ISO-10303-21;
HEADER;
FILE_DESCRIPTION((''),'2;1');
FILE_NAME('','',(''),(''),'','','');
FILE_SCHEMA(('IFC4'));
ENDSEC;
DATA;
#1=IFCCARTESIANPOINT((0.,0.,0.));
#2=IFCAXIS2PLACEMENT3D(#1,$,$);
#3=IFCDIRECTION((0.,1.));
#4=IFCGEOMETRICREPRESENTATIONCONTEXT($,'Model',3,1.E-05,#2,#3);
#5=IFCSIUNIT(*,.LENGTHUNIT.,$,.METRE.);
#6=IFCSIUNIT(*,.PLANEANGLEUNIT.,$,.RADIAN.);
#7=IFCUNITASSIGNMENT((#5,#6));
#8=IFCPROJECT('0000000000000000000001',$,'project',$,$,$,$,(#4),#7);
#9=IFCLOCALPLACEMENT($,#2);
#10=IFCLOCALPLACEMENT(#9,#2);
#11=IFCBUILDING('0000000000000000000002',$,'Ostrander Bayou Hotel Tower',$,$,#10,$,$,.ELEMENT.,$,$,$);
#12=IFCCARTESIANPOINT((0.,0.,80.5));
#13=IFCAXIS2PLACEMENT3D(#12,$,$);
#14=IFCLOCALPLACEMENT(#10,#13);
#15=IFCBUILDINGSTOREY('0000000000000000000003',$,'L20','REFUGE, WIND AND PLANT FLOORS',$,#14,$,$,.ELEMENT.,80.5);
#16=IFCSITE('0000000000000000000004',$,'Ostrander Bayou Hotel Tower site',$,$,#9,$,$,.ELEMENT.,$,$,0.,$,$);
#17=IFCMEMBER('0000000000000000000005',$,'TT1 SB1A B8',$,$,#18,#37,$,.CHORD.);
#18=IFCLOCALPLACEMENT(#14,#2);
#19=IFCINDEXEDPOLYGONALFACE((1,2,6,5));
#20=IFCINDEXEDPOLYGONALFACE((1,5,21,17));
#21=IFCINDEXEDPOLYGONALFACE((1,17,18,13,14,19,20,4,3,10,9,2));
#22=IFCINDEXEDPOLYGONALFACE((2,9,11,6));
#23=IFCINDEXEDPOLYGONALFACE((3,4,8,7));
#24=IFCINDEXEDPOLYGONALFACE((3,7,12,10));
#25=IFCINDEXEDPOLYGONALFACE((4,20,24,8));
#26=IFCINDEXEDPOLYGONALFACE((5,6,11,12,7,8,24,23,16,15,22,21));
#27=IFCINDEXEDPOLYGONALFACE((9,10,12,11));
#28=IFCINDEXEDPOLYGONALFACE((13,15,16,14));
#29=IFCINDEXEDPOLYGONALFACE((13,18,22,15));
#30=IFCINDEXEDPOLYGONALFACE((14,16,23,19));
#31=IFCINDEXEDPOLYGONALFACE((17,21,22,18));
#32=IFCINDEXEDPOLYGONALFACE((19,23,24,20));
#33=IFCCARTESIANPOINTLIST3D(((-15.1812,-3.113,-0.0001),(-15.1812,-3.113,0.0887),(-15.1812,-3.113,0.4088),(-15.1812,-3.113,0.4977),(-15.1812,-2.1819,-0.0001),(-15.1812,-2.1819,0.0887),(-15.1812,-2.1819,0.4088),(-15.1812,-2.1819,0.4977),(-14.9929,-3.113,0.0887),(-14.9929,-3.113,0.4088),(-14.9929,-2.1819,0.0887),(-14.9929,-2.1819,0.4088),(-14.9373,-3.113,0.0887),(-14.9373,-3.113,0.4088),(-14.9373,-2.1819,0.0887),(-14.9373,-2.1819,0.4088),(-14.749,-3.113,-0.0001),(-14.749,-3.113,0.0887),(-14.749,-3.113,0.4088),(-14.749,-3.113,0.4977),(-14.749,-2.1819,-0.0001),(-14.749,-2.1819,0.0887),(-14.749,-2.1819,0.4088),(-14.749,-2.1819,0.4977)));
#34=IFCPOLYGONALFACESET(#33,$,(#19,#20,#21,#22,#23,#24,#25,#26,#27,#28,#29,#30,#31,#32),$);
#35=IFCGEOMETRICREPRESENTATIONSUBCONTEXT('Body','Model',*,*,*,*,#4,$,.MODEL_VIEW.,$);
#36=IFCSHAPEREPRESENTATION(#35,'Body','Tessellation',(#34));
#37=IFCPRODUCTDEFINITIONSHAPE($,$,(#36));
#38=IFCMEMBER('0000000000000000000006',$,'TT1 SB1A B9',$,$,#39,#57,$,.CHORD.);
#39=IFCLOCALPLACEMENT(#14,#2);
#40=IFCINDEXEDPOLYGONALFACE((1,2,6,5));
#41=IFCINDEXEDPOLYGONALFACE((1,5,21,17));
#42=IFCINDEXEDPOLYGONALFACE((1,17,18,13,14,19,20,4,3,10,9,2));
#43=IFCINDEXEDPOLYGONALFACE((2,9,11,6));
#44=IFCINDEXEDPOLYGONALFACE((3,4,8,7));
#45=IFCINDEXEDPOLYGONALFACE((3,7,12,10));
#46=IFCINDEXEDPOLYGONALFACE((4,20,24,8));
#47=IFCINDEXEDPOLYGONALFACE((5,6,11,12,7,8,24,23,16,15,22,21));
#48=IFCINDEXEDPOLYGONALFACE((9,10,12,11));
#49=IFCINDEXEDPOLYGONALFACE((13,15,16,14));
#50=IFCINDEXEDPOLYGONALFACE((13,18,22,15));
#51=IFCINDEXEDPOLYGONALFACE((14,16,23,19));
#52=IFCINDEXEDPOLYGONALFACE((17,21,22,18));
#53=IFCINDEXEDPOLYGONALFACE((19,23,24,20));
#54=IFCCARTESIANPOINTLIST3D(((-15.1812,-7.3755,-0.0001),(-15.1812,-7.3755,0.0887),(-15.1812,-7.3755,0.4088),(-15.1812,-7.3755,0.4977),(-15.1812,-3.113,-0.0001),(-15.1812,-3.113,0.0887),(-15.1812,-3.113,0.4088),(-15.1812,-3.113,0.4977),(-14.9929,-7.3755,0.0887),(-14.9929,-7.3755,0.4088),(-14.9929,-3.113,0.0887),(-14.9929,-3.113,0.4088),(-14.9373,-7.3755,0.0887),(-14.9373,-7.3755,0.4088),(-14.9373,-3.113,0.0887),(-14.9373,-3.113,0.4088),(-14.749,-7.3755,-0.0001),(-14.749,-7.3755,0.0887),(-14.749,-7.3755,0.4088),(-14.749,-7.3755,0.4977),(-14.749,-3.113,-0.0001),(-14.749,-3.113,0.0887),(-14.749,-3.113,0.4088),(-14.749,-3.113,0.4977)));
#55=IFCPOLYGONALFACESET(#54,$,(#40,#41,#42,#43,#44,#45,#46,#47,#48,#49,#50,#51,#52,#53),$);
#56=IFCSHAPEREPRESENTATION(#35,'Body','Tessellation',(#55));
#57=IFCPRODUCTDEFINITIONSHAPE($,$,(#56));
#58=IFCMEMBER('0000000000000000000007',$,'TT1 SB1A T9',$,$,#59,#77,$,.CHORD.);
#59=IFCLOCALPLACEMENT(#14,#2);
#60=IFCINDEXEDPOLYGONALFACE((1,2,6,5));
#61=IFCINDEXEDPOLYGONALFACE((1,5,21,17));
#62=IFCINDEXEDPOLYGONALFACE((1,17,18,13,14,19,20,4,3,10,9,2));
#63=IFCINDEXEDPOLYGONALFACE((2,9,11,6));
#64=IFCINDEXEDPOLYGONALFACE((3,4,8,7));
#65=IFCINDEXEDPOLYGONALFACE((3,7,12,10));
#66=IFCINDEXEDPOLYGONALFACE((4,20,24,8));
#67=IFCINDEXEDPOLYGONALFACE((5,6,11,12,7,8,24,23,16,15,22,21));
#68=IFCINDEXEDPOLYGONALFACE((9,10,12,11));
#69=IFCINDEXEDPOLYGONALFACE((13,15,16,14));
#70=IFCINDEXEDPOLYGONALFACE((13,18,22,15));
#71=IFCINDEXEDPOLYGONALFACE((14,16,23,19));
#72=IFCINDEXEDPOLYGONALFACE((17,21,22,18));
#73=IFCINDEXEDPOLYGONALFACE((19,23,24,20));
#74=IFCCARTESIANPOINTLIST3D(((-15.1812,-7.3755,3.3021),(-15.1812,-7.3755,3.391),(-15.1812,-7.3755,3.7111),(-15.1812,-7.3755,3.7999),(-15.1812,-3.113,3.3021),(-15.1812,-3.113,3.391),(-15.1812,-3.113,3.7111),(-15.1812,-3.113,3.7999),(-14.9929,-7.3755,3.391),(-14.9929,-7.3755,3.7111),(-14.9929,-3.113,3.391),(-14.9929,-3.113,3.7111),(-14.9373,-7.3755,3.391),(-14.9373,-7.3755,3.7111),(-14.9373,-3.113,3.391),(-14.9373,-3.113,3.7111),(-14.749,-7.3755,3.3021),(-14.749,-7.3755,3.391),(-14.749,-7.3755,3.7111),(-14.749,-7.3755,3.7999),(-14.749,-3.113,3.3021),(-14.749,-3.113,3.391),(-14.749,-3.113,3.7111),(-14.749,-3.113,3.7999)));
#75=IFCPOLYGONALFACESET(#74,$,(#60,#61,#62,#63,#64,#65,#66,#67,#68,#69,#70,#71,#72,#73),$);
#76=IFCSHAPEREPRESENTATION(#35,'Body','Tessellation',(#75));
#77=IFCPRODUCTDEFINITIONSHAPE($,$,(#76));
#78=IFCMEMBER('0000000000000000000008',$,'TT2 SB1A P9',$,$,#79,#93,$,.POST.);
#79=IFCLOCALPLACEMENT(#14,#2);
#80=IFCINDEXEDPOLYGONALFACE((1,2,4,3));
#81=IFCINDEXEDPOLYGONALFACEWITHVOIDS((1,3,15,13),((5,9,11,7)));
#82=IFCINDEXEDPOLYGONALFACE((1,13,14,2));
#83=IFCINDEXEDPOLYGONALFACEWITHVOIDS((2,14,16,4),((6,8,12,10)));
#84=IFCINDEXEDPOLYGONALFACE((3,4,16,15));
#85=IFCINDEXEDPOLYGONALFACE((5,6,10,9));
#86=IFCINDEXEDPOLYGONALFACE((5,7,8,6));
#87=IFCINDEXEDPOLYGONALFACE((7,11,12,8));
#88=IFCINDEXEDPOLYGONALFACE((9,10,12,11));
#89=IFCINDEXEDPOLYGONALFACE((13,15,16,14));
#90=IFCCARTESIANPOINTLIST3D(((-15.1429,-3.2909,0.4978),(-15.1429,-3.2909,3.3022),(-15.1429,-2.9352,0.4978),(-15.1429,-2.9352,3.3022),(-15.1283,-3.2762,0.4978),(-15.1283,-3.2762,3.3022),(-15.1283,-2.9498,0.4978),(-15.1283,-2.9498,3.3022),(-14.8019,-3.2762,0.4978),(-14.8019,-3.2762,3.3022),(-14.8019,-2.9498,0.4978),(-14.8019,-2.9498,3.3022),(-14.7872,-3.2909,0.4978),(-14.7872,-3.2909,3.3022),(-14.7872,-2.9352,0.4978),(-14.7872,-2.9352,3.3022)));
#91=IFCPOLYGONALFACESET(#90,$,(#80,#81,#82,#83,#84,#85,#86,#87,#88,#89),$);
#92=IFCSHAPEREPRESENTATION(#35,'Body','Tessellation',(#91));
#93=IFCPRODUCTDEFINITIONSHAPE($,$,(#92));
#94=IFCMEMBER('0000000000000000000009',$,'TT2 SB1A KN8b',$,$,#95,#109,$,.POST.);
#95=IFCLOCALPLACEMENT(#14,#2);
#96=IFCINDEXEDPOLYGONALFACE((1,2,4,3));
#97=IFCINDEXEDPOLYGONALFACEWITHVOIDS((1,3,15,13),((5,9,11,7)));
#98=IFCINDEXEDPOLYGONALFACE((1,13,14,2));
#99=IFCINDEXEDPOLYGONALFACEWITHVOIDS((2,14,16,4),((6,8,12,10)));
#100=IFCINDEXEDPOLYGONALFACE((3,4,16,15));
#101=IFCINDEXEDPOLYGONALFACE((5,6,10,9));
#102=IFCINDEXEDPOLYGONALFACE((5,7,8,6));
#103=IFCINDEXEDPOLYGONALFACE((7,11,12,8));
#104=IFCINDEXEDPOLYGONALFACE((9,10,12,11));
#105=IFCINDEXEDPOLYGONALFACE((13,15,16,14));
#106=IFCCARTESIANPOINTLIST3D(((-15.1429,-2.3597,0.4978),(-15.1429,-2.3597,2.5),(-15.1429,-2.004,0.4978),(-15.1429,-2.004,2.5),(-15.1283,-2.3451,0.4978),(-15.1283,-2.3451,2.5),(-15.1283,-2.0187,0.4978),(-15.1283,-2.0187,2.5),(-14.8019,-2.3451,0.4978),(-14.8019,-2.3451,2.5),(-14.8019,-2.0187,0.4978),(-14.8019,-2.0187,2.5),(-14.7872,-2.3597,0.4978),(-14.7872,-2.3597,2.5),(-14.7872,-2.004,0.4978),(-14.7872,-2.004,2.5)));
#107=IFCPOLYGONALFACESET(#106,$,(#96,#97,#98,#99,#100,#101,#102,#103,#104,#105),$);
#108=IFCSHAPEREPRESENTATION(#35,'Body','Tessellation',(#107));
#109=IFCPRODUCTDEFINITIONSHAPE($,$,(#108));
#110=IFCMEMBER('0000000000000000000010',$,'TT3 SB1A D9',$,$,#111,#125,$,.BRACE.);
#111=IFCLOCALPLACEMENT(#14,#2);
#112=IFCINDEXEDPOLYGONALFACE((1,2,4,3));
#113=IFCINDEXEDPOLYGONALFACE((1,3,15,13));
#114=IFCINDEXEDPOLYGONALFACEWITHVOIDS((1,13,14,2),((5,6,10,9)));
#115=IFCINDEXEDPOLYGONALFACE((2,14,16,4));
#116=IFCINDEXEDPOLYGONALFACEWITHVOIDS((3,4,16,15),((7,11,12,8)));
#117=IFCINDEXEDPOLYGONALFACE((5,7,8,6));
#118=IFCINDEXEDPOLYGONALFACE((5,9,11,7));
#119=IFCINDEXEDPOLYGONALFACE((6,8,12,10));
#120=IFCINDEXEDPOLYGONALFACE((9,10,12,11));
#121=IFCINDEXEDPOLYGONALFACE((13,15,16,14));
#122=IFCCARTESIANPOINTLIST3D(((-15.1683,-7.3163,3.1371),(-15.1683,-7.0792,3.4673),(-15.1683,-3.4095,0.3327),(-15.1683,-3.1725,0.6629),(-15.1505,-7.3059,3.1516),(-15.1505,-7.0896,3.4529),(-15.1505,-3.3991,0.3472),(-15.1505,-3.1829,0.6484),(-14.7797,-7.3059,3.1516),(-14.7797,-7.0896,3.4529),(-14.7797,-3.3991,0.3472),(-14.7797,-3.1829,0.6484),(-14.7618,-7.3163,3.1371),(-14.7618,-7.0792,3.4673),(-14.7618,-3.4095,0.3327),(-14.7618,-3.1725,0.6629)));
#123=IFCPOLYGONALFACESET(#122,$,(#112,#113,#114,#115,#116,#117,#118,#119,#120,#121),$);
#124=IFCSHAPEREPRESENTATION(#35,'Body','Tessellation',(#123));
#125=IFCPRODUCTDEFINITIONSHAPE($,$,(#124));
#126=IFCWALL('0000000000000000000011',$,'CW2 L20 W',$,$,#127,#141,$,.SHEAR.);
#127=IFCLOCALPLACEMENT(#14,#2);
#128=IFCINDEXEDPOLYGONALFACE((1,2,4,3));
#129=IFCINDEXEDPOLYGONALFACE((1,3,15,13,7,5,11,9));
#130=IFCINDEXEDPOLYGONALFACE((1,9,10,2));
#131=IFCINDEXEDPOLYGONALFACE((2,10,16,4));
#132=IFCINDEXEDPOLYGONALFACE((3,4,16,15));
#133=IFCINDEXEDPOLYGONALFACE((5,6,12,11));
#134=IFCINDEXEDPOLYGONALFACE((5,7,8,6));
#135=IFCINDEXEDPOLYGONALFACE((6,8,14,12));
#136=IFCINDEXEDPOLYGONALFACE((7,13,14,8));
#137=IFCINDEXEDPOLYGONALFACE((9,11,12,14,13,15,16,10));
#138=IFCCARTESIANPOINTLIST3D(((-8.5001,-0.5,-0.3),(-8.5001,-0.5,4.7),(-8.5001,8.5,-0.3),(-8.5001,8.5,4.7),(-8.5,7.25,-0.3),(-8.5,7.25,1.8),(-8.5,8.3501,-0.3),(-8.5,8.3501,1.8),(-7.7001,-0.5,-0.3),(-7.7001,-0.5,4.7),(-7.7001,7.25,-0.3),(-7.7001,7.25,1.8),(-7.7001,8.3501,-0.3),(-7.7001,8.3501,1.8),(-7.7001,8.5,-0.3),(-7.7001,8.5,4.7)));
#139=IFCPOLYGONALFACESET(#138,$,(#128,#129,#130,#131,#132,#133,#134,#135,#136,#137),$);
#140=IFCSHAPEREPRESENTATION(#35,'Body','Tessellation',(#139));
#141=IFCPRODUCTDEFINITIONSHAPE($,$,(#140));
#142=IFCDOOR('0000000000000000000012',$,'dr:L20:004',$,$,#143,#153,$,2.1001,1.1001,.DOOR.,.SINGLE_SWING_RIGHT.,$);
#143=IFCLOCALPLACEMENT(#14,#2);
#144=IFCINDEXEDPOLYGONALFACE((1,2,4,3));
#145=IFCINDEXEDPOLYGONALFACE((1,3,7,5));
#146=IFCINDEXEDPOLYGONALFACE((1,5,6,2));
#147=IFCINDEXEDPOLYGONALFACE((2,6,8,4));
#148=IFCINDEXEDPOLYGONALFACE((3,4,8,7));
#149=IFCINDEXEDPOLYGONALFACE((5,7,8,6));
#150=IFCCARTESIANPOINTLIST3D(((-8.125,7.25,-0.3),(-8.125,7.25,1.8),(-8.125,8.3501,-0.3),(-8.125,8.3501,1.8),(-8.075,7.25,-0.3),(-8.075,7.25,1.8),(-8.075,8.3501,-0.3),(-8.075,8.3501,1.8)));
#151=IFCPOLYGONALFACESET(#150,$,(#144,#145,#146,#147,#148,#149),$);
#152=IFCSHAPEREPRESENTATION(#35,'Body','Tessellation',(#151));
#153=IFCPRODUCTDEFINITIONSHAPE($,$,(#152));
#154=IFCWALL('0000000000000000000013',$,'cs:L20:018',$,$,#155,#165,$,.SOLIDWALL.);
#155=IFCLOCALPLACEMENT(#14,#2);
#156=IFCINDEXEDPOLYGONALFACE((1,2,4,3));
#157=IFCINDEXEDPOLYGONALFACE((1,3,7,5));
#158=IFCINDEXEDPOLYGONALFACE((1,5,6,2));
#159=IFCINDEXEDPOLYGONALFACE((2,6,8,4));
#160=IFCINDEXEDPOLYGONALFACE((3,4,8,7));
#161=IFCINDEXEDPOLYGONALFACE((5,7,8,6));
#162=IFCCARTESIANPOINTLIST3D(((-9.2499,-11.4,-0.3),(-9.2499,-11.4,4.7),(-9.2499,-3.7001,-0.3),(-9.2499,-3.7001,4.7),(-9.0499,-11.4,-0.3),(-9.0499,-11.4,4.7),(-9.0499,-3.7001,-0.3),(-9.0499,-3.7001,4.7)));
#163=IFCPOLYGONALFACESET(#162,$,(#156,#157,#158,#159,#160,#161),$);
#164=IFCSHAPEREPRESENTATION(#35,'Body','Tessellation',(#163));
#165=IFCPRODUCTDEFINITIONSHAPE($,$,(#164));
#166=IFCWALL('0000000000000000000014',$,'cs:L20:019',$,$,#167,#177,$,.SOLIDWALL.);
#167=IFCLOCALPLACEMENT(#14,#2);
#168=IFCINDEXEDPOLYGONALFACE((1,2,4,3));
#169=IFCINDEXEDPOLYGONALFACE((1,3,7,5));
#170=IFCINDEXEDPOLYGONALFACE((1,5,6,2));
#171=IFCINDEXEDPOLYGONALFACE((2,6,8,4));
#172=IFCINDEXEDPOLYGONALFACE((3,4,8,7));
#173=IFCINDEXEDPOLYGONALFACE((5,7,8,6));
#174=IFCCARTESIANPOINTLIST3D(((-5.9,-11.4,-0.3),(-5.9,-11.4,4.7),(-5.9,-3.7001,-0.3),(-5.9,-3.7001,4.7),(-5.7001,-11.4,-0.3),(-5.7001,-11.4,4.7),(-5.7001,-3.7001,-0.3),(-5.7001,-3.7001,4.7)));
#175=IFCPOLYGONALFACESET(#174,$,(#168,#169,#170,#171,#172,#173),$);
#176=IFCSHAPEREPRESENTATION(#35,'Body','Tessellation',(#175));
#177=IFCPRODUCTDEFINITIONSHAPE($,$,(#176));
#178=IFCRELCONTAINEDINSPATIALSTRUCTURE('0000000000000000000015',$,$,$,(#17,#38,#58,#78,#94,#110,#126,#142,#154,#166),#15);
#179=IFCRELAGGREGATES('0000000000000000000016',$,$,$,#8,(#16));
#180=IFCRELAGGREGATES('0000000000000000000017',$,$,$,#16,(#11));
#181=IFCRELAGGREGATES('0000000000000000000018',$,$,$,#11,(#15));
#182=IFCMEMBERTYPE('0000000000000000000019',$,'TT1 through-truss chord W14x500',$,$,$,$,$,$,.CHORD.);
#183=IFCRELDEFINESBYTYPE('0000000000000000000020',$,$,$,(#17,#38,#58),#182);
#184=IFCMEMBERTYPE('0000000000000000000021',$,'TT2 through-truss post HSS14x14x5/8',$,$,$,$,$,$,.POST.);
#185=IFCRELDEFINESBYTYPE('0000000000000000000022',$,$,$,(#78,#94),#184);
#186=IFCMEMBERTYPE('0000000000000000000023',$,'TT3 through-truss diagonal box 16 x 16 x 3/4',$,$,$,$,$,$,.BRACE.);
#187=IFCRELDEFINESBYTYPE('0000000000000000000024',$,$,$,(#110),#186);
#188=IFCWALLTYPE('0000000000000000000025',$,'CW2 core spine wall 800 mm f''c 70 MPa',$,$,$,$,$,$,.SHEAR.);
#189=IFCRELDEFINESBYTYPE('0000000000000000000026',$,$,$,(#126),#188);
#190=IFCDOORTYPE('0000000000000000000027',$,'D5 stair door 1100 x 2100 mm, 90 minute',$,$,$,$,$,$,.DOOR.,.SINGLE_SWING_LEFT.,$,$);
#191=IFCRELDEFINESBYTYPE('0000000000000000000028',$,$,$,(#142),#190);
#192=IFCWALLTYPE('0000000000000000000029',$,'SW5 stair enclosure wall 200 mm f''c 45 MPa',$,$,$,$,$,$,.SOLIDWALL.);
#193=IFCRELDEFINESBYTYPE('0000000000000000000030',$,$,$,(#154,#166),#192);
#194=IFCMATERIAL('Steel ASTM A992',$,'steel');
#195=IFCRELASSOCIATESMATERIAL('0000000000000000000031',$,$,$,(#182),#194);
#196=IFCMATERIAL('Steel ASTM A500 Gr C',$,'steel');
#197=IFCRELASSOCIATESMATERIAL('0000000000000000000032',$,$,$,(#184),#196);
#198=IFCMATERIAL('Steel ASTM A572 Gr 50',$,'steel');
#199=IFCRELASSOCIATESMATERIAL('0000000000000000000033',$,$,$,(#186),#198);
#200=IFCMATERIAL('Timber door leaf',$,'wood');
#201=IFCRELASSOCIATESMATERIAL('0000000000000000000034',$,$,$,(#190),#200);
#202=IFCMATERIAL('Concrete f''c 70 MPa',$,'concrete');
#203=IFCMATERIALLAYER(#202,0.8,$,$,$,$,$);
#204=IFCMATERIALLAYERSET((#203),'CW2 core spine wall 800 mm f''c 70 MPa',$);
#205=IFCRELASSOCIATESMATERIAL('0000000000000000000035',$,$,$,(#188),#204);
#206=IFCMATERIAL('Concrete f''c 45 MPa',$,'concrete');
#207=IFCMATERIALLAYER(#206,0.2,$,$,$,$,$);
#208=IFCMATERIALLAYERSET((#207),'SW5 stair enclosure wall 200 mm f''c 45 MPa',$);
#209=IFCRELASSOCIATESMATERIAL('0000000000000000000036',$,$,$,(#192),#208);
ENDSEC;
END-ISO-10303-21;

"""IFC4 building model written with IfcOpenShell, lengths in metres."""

from ifc_helpers import new_model, si_unit, direction, frame, frame_2d, origin, origin_2d, place, context, subcontext, project, spatial, rectangle, hollow_rectangle, i_section, extrude, material, layer, layer_set, material_profile, profile_set, type_object, element, fill, save


model = new_model("IFC4")

# Units and contexts
model_context = context("Model", 3, precision=1e-05, world=origin(), true_north=direction((0.0, 1.0)))
body_context = subcontext(model_context, "Body", "Model", "MODEL_VIEW")
ifc_project = project(units=[si_unit("LENGTHUNIT", "METRE"), si_unit("PLANEANGLEUNIT", "RADIAN")], contexts=[model_context])

# Site, building, storey
site_placement = place(None, origin())
site = spatial("IfcSite", under=ifc_project, at=site_placement, Name="Ostrander Bayou Hotel Tower site", CompositionType="ELEMENT", RefElevation=0.0)
building_placement = place(site_placement, origin())
building = spatial("IfcBuilding", under=site, at=building_placement, Name="Ostrander Bayou Hotel Tower", CompositionType="ELEMENT")
storey_placement = place(building_placement, frame((0.0, 0.0, 80.5)))
storey = spatial("IfcBuildingStorey", under=building, at=storey_placement, Name="L20", Description="REFUGE, WIND AND PLANT FLOORS", CompositionType="ELEMENT", Elevation=80.5)

# Members
ifc_material_1 = material(Name="Steel ASTM A992", Category="steel")
ifc_material_profile_1 = material_profile(ifc_material_1, i_section(OverallWidth=0.4321, OverallDepth=0.4978, WebThickness=0.0557, FlangeThickness=0.0889, at=origin_2d()))
ifc_profile_set_1 = profile_set([ifc_material_profile_1], Name="Steel ASTM A992")
member_type_1 = type_object("IfcMemberType", Name="TT1 through-truss chord W14x500", PredefinedType="CHORD", material=ifc_profile_set_1)
member_1_placement = place(storey_placement, frame((-14.9651, -2.1819, 0.2488), z_axis=(0.0, -1.0, 0.0), x_axis=(1.0, 0.0, 0.0)))
element("IfcMember", 1, at=member_1_placement, inside=storey, type_object=member_type_1, Name="TT1 SB1A B8", PredefinedType="CHORD", context=body_context, shape_type="SweptSolid", body=[
    extrude(i_section(OverallWidth=0.4321, OverallDepth=0.4978, WebThickness=0.0557, FlangeThickness=0.0889, at=origin_2d()), origin(), (0.0, 0.0, 1.0), 0.9312),
])
for number, where, z_axis, x_axis, name in (
    (2, (-14.9651, -3.113, 0.2488), (0.0, -1.0, 0.0), (1.0, 0.0, 0.0), "TT1 SB1A B9"),
    (3, (-14.9651, -3.113, 3.551), (0.0, -1.0, 0.0), (1.0, 0.0, 0.0), "TT1 SB1A T9"),
):
    element("IfcMember", number, at=place(storey_placement, frame(where, z_axis=z_axis, x_axis=x_axis)), inside=storey, type_object=member_type_1, Name=name, PredefinedType="CHORD", context=body_context, shape_type="SweptSolid", body=[
        extrude(i_section(OverallWidth=0.4321, OverallDepth=0.4978, WebThickness=0.0557, FlangeThickness=0.0889, at=origin_2d()), origin(), (0.0, 0.0, 1.0), 4.2625),
    ])
ifc_material_2 = material(Name="Steel ASTM A500 Gr C", Category="steel")
ifc_material_profile_2 = material_profile(ifc_material_2, hollow_rectangle(XDim=0.3557, YDim=0.3557, WallThickness=0.0146, at=origin_2d()))
ifc_profile_set_2 = profile_set([ifc_material_profile_2], Name="Steel ASTM A500 Gr C")
member_type_2 = type_object("IfcMemberType", Name="TT2 through-truss post HSS14x14x5/8", PredefinedType="POST", material=ifc_profile_set_2)
member_2_placement = place(storey_placement, frame((-14.9651, -3.113, 0.4978), z_axis=(0.0, 0.0, 1.0), x_axis=(1.0, 0.0, 0.0)))
element("IfcMember", 4, at=member_2_placement, inside=storey, type_object=member_type_2, Name="TT2 SB1A P9", PredefinedType="POST", context=body_context, shape_type="SweptSolid", body=[
    extrude(hollow_rectangle(XDim=0.3557, YDim=0.3557, WallThickness=0.0146, at=origin_2d()), origin(), (0.0, 0.0, 1.0), 2.8044),
])
member_3_placement = place(storey_placement, frame((-14.9651, -2.1819, 0.4978), z_axis=(0.0, 0.0, 1.0), x_axis=(1.0, 0.0, 0.0)))
element("IfcMember", 5, at=member_3_placement, inside=storey, type_object=member_type_2, Name="TT2 SB1A KN8b", PredefinedType="POST", context=body_context, shape_type="SweptSolid", body=[
    extrude(hollow_rectangle(XDim=0.3557, YDim=0.3557, WallThickness=0.0146, at=origin_2d()), origin(), (0.0, 0.0, 1.0), 2.0022),
])
ifc_material_3 = material(Name="Steel ASTM A572 Gr 50", Category="steel")
ifc_material_profile_3 = material_profile(ifc_material_3, hollow_rectangle(XDim=0.4065, YDim=0.4065, WallThickness=0.0178, at=origin_2d()))
ifc_profile_set_3 = profile_set([ifc_material_profile_3], Name="Steel ASTM A572 Gr 50")
member_type_3 = type_object("IfcMemberType", Name="TT3 through-truss diagonal box 16 x 16 x 3/4", PredefinedType="BRACE", material=ifc_profile_set_3)
member_4_placement = place(storey_placement, frame((-14.9651, -3.291, 0.4978), z_axis=(0.0, -0.812363, 0.583153), x_axis=(1.0, 0.0, 0.0)))
element("IfcMember", 6, at=member_4_placement, inside=storey, type_object=member_type_3, Name="TT3 SB1A D9", PredefinedType="BRACE", context=body_context, shape_type="SweptSolid", body=[
    extrude(hollow_rectangle(XDim=0.4065, YDim=0.4065, WallThickness=0.0178, at=origin_2d()), origin(), (0.0, 0.0, 1.0), 4.8091),
])

# Shared definitions
ifc_material_4 = material(Name="Timber door leaf", Category="wood")
door_type_1 = type_object("IfcDoorType", Name="D5 stair door 1100 x 2100 mm, 90 minute", OperationType="SINGLE_SWING_LEFT", PredefinedType="DOOR", material=ifc_material_4)

# Wall, opening, door
ifc_material_5 = material(Name="Concrete f'c 70 MPa", Category="concrete")
ifc_layer_1 = layer(ifc_material_5, 0.8)
ifc_layer_set_1 = layer_set([ifc_layer_1], Name="CW2 core spine wall 800 mm f'c 70 MPa")
wall_type_1 = type_object("IfcWallType", Name="CW2 core spine wall 800 mm f'c 70 MPa", PredefinedType="SHEAR", material=ifc_layer_set_1)
wall_1_placement = place(storey_placement, frame((-8.1001, -0.5, -0.3), z_axis=(0.0, 0.0, 1.0), x_axis=(0.0, 1.0, 0.0)))
wall_1 = element("IfcWall", 7, at=wall_1_placement, inside=storey, type_object=wall_type_1, Name="CW2 L20 W", PredefinedType="SHEAR", context=body_context, shape_type="SweptSolid", body=[
    extrude(rectangle(XDim=9.0, YDim=0.8, at=frame_2d((4.5, 0.0))), origin(), (0.0, 0.0, 1.0), 5.0),
])
opening_1_placement = place(wall_1_placement, frame((7.75, 0.0, 0.0)))
opening_1 = element("IfcOpeningElement", 8, at=opening_1_placement, cuts=wall_1, PredefinedType="OPENING", context=body_context, shape_type="SweptSolid", body=[
    extrude(rectangle(XDim=1.1001, YDim=2.1001, at=frame_2d((0.55, 1.05))), frame((0.0, 0.3999, 0.0), z_axis=(0.0, -1.0, 0.0), x_axis=(1.0, 0.0, 0.0)), (0.0, 0.0, 1.0), 0.8),
])
door_1_placement = place(opening_1_placement, origin())
door_1 = element("IfcDoor", 9, at=door_1_placement, inside=storey, type_object=door_type_1, Name="dr:L20:004", OperationType="SINGLE_SWING_RIGHT", OverallHeight=2.1001, OverallWidth=1.1001, PredefinedType="DOOR", context=body_context, shape_type="SweptSolid", body=[
    extrude(rectangle(XDim=1.1001, YDim=2.1001, at=frame_2d((0.55, 1.05))), frame((0.0, 0.0249, 0.0), z_axis=(0.0, -1.0, 0.0), x_axis=(1.0, 0.0, 0.0)), (0.0, 0.0, 1.0), 0.05),
])
fill(opening_1, door_1)
ifc_material_6 = material(Name="Concrete f'c 45 MPa", Category="concrete")
ifc_layer_2 = layer(ifc_material_6, 0.2)
ifc_layer_set_2 = layer_set([ifc_layer_2], Name="SW5 stair enclosure wall 200 mm f'c 45 MPa")
wall_type_2 = type_object("IfcWallType", Name="SW5 stair enclosure wall 200 mm f'c 45 MPa", PredefinedType="SOLIDWALL", material=ifc_layer_set_2)

# Walls
for number, where, z_axis, x_axis, name in (
    (10, (-9.1499, -3.7, -0.3), (0.0, 0.0, 1.0), (0.0, -1.0, 0.0), "cs:L20:018"),
    (11, (-5.8, -3.7, -0.3), (0.0, 0.0, 1.0), (0.0, -1.0, 0.0), "cs:L20:019"),
):
    element("IfcWall", number, at=place(storey_placement, frame(where, z_axis=z_axis, x_axis=x_axis)), inside=storey, type_object=wall_type_2, Name=name, PredefinedType="SOLIDWALL", context=body_context, shape_type="SweptSolid", body=[
        extrude(rectangle(XDim=7.7, YDim=0.2, at=frame_2d((3.8501, 0.0))), origin(), (0.0, 0.0, 1.0), 5.0),
    ])

save(model, "model.ifc")
